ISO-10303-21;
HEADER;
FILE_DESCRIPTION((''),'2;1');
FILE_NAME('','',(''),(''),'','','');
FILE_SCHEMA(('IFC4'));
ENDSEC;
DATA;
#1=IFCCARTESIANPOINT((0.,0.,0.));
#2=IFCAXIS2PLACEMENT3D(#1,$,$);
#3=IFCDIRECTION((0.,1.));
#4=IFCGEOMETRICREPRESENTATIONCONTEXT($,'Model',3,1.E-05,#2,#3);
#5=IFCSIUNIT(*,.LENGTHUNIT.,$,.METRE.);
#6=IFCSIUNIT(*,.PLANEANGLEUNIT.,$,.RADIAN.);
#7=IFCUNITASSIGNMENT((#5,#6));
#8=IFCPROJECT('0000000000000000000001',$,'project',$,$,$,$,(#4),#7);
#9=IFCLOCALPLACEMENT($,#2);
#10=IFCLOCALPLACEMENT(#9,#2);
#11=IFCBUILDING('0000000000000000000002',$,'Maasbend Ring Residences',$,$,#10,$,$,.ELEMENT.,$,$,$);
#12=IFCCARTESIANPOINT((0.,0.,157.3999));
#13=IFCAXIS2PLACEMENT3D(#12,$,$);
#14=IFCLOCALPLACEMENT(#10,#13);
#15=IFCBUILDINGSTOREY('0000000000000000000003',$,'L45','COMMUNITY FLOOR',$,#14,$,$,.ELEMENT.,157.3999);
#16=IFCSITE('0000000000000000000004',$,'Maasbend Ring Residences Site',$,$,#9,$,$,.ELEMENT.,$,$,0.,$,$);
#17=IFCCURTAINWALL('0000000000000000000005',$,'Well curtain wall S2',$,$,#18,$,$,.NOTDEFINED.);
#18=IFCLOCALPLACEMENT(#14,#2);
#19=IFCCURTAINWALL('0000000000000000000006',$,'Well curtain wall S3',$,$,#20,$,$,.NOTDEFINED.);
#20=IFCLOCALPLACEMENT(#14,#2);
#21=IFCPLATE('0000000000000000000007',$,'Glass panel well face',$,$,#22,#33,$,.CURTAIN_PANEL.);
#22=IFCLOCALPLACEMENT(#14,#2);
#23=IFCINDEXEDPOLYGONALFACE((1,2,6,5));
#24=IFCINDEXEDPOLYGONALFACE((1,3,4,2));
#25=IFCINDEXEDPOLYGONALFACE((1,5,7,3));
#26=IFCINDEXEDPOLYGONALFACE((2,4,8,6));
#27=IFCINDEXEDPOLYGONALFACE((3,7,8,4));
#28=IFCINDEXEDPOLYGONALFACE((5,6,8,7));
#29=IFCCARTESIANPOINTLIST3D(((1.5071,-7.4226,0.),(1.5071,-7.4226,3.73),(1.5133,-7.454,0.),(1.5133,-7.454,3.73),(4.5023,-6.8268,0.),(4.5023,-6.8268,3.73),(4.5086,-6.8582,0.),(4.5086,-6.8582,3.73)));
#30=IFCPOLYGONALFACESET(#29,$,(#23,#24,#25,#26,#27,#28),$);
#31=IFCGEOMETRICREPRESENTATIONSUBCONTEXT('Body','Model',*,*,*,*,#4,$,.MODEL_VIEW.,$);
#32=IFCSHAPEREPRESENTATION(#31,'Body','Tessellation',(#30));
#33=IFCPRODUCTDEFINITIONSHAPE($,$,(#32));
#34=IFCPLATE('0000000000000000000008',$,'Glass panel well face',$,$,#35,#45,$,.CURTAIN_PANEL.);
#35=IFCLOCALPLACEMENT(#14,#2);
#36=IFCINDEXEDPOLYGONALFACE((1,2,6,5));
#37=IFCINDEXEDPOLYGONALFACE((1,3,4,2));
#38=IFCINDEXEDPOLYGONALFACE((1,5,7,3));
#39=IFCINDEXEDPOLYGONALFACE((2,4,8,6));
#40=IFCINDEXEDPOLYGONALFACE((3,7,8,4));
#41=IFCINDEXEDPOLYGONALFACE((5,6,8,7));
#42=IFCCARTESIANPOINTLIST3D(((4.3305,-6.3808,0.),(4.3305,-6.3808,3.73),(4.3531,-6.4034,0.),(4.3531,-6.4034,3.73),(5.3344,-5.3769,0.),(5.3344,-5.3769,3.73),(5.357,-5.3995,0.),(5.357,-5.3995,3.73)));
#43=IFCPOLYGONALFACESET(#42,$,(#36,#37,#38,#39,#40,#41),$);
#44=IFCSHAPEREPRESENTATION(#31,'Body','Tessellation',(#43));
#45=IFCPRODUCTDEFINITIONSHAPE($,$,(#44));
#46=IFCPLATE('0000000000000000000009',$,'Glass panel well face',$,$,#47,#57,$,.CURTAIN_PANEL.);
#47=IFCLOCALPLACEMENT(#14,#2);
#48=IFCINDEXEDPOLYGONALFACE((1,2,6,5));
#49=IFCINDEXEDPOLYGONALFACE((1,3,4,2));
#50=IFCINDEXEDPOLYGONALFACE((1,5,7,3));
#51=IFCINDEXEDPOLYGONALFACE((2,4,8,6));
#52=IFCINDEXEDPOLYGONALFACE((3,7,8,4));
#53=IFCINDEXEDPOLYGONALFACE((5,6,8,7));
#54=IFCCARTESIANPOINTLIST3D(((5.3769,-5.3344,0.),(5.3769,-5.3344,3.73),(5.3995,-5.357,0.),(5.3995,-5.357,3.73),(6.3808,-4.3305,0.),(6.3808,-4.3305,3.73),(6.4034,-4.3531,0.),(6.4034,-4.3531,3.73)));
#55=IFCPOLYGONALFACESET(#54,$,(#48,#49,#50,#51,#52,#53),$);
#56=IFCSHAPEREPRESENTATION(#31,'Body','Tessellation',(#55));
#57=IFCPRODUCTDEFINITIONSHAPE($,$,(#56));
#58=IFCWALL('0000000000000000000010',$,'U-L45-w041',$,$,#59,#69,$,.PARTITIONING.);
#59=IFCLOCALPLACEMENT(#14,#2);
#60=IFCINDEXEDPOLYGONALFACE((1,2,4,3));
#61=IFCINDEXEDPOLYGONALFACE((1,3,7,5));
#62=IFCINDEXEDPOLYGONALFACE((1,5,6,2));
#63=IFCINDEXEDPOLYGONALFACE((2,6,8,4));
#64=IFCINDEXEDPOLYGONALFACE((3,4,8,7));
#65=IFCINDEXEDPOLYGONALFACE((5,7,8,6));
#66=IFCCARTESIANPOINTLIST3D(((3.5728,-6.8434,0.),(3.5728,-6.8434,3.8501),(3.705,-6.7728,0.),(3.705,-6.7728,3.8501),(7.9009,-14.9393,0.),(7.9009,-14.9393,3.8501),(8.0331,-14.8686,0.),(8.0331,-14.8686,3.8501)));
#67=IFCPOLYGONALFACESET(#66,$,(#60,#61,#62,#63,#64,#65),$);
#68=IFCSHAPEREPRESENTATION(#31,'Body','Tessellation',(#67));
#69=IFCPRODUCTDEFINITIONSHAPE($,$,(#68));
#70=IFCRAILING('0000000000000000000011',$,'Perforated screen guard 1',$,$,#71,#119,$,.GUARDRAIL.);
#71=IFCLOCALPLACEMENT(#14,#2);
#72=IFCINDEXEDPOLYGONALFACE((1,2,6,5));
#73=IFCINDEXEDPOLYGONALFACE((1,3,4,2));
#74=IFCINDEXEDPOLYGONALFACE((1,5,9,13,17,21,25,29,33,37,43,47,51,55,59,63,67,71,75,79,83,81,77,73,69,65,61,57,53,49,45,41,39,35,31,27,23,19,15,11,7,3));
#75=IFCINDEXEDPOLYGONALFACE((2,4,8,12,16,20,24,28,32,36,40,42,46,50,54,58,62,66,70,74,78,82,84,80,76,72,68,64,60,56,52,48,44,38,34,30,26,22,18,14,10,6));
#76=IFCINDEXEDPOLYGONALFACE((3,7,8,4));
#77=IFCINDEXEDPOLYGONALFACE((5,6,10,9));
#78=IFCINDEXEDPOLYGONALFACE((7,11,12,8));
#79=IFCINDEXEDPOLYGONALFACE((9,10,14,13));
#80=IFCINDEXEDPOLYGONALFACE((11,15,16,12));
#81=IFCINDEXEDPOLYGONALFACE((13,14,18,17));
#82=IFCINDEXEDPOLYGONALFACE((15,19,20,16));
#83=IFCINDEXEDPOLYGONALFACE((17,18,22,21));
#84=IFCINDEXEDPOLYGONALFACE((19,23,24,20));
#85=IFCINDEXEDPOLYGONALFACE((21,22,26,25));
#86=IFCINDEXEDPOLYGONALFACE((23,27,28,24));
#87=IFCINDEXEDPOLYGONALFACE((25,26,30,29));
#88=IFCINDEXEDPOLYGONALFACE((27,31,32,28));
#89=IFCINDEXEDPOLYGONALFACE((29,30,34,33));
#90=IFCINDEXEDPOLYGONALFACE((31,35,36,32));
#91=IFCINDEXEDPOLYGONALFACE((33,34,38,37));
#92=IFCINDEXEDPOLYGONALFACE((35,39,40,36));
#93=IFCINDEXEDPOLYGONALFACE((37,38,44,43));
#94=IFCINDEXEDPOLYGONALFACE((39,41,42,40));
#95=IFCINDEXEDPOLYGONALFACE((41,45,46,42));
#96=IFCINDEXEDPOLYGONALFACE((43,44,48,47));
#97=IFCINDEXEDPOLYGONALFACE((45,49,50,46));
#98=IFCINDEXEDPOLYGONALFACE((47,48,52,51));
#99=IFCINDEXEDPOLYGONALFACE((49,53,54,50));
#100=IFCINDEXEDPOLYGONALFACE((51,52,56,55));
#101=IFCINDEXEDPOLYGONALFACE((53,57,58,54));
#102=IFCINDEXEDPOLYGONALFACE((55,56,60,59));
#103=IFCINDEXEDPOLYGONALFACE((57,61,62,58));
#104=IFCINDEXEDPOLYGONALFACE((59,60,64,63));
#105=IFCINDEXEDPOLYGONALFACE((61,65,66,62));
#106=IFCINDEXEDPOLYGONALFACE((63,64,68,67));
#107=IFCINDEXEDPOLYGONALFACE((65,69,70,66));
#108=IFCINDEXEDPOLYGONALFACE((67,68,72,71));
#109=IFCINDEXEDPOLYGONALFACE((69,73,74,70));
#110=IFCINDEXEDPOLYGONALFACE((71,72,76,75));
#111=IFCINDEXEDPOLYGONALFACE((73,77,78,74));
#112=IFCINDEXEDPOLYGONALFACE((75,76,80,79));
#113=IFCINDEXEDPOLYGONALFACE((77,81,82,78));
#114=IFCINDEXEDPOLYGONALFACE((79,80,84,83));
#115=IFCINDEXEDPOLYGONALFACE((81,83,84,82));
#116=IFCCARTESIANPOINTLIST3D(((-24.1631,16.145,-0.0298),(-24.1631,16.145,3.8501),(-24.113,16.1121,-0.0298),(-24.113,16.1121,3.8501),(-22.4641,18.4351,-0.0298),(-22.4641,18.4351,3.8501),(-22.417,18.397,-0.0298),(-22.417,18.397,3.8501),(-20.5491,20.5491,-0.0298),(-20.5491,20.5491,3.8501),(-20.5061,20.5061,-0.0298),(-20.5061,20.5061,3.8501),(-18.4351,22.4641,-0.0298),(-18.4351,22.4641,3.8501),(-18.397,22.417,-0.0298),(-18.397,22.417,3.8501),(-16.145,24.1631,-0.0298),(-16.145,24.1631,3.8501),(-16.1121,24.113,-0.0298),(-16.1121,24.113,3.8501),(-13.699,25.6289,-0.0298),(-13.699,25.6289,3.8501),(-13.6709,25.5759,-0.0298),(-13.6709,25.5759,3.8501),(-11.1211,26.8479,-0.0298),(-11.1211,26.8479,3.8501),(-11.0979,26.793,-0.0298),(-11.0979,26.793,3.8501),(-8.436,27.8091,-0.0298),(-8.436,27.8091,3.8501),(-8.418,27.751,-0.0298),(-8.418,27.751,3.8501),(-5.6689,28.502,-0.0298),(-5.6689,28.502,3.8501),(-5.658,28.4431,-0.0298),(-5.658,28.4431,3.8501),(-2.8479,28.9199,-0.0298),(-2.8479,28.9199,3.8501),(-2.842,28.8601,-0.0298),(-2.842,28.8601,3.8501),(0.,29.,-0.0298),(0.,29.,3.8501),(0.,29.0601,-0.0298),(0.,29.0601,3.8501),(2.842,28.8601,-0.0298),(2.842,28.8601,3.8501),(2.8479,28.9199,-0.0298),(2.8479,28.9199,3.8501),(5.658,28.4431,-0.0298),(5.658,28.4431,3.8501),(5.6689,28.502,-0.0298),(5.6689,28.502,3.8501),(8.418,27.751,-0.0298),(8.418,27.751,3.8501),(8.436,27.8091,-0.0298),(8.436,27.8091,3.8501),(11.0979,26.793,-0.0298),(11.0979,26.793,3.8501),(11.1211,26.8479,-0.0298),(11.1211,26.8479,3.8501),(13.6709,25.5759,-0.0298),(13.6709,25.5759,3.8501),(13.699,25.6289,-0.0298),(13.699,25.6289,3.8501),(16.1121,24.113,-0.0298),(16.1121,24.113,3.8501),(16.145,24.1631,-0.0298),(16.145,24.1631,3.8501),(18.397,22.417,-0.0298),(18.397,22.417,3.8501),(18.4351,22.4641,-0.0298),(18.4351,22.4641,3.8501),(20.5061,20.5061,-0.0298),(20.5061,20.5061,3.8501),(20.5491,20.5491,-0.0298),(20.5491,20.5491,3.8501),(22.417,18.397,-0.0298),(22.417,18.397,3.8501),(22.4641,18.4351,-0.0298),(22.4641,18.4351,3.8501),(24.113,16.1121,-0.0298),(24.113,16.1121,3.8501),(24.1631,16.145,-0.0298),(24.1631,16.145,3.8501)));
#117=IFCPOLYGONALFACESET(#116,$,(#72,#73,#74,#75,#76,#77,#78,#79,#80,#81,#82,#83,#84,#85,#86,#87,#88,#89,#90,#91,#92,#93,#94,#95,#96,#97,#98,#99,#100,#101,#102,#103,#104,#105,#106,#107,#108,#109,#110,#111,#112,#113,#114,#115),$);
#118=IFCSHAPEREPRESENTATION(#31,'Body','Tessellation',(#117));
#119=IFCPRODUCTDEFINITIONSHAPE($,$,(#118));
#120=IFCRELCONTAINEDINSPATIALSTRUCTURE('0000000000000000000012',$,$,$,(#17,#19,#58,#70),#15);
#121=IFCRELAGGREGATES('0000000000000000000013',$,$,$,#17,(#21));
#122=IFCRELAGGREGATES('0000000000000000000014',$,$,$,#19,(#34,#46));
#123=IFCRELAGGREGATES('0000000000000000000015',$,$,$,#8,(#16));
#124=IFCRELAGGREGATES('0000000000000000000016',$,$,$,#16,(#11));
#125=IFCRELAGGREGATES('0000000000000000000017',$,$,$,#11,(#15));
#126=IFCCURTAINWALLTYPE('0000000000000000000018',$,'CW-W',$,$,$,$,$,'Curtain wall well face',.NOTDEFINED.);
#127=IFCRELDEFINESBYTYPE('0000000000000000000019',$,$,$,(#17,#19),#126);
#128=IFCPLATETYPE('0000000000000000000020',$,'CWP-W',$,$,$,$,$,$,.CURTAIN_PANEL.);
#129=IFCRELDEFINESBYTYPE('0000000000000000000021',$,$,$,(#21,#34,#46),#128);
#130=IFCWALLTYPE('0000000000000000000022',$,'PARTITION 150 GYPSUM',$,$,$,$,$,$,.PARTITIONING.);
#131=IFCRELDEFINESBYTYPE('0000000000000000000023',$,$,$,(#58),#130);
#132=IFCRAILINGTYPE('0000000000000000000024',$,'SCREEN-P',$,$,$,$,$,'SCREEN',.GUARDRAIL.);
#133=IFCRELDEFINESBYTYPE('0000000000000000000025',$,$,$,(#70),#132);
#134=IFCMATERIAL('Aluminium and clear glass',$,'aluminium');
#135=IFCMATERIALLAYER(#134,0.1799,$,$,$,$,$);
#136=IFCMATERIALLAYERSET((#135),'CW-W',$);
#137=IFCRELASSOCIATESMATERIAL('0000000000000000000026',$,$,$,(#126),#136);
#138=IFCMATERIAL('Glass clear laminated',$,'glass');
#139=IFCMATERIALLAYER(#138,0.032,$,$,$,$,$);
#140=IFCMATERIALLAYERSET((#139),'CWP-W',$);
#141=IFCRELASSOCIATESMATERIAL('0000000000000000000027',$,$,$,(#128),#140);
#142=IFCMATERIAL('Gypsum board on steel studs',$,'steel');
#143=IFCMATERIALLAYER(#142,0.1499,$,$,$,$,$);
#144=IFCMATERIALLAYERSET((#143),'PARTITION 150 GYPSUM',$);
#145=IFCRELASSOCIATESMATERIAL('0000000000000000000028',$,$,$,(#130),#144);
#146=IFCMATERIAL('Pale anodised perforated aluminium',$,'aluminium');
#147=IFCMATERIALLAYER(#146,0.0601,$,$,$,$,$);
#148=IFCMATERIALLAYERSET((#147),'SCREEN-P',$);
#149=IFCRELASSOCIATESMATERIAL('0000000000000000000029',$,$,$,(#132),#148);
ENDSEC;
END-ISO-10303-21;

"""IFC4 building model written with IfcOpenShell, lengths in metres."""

from ifc_helpers import new_model, si_unit, direction, frame, frame_2d, origin, origin_2d, place, context, subcontext, project, spatial, polyline, rectangle, outline, extrude, material, layer, layer_set, type_object, element, aggregate, save


model = new_model("IFC4")

# Units and contexts
model_context = context("Model", 3, precision=1e-05, world=origin(), true_north=direction((0.0, 1.0)))
body_context = subcontext(model_context, "Body", "Model", "MODEL_VIEW")
ifc_project = project(units=[si_unit("LENGTHUNIT", "METRE"), si_unit("PLANEANGLEUNIT", "RADIAN")], contexts=[model_context])

# Site, building, storey
site_placement = place(None, origin())
site = spatial("IfcSite", under=ifc_project, at=site_placement, Name="Maasbend Ring Residences Site", CompositionType="ELEMENT", RefElevation=0.0)
building_placement = place(site_placement, origin())
building = spatial("IfcBuilding", under=site, at=building_placement, Name="Maasbend Ring Residences", CompositionType="ELEMENT")
storey_placement = place(building_placement, frame((0.0, 0.0, 157.3999)))
storey = spatial("IfcBuildingStorey", under=building, at=storey_placement, Name="L45", Description="COMMUNITY FLOOR", CompositionType="ELEMENT", Elevation=157.3999)

# Curtain walls
ifc_material_1 = material(Name="Aluminium and clear glass", Category="aluminium")
ifc_layer_1 = layer(ifc_material_1, 0.1799)
ifc_layer_set_1 = layer_set([ifc_layer_1], Name="CW-W")
curtain_wall_type = type_object("IfcCurtainWallType", Name="CW-W", ElementType="Curtain wall well face", PredefinedType="NOTDEFINED", material=ifc_layer_set_1)
curtain_wall_1_placement = place(storey_placement, origin())
curtain_wall_1 = element("IfcCurtainWall", 1, at=curtain_wall_1_placement, inside=storey, type_object=curtain_wall_type, Name="Well curtain wall S2", PredefinedType="NOTDEFINED")
curtain_wall_2_placement = place(storey_placement, origin())
curtain_wall_2 = element("IfcCurtainWall", 2, at=curtain_wall_2_placement, inside=storey, type_object=curtain_wall_type, Name="Well curtain wall S3", PredefinedType="NOTDEFINED")

# Plates
ifc_material_2 = material(Name="Glass clear laminated", Category="glass")
ifc_layer_2 = layer(ifc_material_2, 0.032)
ifc_layer_set_2 = layer_set([ifc_layer_2], Name="CWP-W")
plate_type = type_object("IfcPlateType", Name="CWP-W", PredefinedType="CURTAIN_PANEL", material=ifc_layer_set_2)
plate_1_placement = place(storey_placement, frame((3.0078, -7.1404, 0.0), z_axis=(0.0, 0.0, 1.0), x_axis=(0.980785, 0.19509, 0.0)))
plate_1 = element("IfcPlate", 3, at=plate_1_placement, type_object=plate_type, Name="Glass panel well face", PredefinedType="CURTAIN_PANEL", context=body_context, shape_type="SweptSolid", body=[
    extrude(rectangle(XDim=3.054, YDim=0.032, at=origin_2d()), origin(), (0.0, 0.0, 1.0), 3.73),
])
aggregate(curtain_wall_1, [plate_1])
plate_2_placement = place(storey_placement, frame((4.8438, -5.8901, 0.0), z_axis=(0.0, 0.0, 1.0), x_axis=(0.707107, 0.707107, 0.0)))
plate_2 = element("IfcPlate", 4, at=plate_2_placement, type_object=plate_type, Name="Glass panel well face", PredefinedType="CURTAIN_PANEL", context=body_context, shape_type="SweptSolid", body=[
    extrude(rectangle(XDim=1.4197, YDim=0.032, at=origin_2d()), origin(), (0.0, 0.0, 1.0), 3.73),
])
plate_3_placement = place(storey_placement, frame((5.8901, -4.8438, 0.0), z_axis=(0.0, 0.0, 1.0), x_axis=(0.707107, 0.707107, 0.0)))
plate_3 = element("IfcPlate", 5, at=plate_3_placement, type_object=plate_type, Name="Glass panel well face", PredefinedType="CURTAIN_PANEL", context=body_context, shape_type="SweptSolid", body=[
    extrude(rectangle(XDim=1.4197, YDim=0.032, at=origin_2d()), origin(), (0.0, 0.0, 1.0), 3.73),
])
aggregate(curtain_wall_2, [plate_2, plate_3])

# Wall
ifc_material_3 = material(Name="Gypsum board on steel studs", Category="steel")
ifc_layer_3 = layer(ifc_material_3, 0.1499)
ifc_layer_set_3 = layer_set([ifc_layer_3], Name="PARTITION 150 GYPSUM")
wall_type = type_object("IfcWallType", Name="PARTITION 150 GYPSUM", PredefinedType="PARTITIONING", material=ifc_layer_set_3)
wall_placement = place(storey_placement, frame((3.6389, -6.8081, 0.0), z_axis=(0.0, 0.0, 1.0), x_axis=(0.47146, -0.881887, 0.0)))
element("IfcWall", 6, at=wall_placement, inside=storey, type_object=wall_type, Name="U-L45-w041", PredefinedType="PARTITIONING", context=body_context, shape_type="SweptSolid", body=[
    extrude(rectangle(XDim=9.1802, YDim=0.1499, at=frame_2d((4.5901, 0.0))), origin(), (0.0, 0.0, 1.0), 3.8501),
])

# Railing
ifc_material_4 = material(Name="Pale anodised perforated aluminium", Category="aluminium")
ifc_layer_4 = layer(ifc_material_4, 0.0601)
ifc_layer_set_4 = layer_set([ifc_layer_4], Name="SCREEN-P")
railing_type = type_object("IfcRailingType", Name="SCREEN-P", ElementType="SCREEN", PredefinedType="GUARDRAIL", material=ifc_layer_set_4)
railing_placement = place(storey_placement, frame((0.0, 0.0, -0.0298)))
element("IfcRailing", 7, at=railing_placement, inside=storey, type_object=railing_type, Name="Perforated screen guard 1", PredefinedType="GUARDRAIL", context=body_context, shape_type="SweptSolid", body=[
    extrude(outline(polyline([(24.113, 16.1121), (22.417, 18.397), (20.5061, 20.5061), (18.397, 22.417), (16.1121, 24.113), (13.6709, 25.5759), (11.0979, 26.793), (8.418, 27.751), (5.658, 28.4431), (2.842, 28.8601), (0.0, 29.0), (-2.842, 28.8601), (-5.658, 28.4431), (-8.418, 27.751), (-11.0979, 26.793), (-13.6709, 25.5759), (-16.1121, 24.113), (-18.397, 22.417), (-20.5061, 20.5061), (-22.417, 18.397), (-24.113, 16.1121), (-24.1631, 16.145), (-22.4641, 18.4351), (-20.5491, 20.5491), (-18.4351, 22.4641), (-16.145, 24.1631), (-13.699, 25.6289), (-11.1211, 26.8479), (-8.436, 27.8091), (-5.6689, 28.502), (-2.8479, 28.9199), (0.0, 29.0601), (2.8479, 28.9199), (5.6689, 28.502), (8.436, 27.8091), (11.1211, 26.8479), (13.699, 25.6289), (16.145, 24.1631), (18.4351, 22.4641), (20.5491, 20.5491), (22.4641, 18.4351), (24.1631, 16.145), (24.113, 16.1121)])), origin(), (0.0, 0.0, 1.0), 3.8799),
])

save(model, "model.ifc")
